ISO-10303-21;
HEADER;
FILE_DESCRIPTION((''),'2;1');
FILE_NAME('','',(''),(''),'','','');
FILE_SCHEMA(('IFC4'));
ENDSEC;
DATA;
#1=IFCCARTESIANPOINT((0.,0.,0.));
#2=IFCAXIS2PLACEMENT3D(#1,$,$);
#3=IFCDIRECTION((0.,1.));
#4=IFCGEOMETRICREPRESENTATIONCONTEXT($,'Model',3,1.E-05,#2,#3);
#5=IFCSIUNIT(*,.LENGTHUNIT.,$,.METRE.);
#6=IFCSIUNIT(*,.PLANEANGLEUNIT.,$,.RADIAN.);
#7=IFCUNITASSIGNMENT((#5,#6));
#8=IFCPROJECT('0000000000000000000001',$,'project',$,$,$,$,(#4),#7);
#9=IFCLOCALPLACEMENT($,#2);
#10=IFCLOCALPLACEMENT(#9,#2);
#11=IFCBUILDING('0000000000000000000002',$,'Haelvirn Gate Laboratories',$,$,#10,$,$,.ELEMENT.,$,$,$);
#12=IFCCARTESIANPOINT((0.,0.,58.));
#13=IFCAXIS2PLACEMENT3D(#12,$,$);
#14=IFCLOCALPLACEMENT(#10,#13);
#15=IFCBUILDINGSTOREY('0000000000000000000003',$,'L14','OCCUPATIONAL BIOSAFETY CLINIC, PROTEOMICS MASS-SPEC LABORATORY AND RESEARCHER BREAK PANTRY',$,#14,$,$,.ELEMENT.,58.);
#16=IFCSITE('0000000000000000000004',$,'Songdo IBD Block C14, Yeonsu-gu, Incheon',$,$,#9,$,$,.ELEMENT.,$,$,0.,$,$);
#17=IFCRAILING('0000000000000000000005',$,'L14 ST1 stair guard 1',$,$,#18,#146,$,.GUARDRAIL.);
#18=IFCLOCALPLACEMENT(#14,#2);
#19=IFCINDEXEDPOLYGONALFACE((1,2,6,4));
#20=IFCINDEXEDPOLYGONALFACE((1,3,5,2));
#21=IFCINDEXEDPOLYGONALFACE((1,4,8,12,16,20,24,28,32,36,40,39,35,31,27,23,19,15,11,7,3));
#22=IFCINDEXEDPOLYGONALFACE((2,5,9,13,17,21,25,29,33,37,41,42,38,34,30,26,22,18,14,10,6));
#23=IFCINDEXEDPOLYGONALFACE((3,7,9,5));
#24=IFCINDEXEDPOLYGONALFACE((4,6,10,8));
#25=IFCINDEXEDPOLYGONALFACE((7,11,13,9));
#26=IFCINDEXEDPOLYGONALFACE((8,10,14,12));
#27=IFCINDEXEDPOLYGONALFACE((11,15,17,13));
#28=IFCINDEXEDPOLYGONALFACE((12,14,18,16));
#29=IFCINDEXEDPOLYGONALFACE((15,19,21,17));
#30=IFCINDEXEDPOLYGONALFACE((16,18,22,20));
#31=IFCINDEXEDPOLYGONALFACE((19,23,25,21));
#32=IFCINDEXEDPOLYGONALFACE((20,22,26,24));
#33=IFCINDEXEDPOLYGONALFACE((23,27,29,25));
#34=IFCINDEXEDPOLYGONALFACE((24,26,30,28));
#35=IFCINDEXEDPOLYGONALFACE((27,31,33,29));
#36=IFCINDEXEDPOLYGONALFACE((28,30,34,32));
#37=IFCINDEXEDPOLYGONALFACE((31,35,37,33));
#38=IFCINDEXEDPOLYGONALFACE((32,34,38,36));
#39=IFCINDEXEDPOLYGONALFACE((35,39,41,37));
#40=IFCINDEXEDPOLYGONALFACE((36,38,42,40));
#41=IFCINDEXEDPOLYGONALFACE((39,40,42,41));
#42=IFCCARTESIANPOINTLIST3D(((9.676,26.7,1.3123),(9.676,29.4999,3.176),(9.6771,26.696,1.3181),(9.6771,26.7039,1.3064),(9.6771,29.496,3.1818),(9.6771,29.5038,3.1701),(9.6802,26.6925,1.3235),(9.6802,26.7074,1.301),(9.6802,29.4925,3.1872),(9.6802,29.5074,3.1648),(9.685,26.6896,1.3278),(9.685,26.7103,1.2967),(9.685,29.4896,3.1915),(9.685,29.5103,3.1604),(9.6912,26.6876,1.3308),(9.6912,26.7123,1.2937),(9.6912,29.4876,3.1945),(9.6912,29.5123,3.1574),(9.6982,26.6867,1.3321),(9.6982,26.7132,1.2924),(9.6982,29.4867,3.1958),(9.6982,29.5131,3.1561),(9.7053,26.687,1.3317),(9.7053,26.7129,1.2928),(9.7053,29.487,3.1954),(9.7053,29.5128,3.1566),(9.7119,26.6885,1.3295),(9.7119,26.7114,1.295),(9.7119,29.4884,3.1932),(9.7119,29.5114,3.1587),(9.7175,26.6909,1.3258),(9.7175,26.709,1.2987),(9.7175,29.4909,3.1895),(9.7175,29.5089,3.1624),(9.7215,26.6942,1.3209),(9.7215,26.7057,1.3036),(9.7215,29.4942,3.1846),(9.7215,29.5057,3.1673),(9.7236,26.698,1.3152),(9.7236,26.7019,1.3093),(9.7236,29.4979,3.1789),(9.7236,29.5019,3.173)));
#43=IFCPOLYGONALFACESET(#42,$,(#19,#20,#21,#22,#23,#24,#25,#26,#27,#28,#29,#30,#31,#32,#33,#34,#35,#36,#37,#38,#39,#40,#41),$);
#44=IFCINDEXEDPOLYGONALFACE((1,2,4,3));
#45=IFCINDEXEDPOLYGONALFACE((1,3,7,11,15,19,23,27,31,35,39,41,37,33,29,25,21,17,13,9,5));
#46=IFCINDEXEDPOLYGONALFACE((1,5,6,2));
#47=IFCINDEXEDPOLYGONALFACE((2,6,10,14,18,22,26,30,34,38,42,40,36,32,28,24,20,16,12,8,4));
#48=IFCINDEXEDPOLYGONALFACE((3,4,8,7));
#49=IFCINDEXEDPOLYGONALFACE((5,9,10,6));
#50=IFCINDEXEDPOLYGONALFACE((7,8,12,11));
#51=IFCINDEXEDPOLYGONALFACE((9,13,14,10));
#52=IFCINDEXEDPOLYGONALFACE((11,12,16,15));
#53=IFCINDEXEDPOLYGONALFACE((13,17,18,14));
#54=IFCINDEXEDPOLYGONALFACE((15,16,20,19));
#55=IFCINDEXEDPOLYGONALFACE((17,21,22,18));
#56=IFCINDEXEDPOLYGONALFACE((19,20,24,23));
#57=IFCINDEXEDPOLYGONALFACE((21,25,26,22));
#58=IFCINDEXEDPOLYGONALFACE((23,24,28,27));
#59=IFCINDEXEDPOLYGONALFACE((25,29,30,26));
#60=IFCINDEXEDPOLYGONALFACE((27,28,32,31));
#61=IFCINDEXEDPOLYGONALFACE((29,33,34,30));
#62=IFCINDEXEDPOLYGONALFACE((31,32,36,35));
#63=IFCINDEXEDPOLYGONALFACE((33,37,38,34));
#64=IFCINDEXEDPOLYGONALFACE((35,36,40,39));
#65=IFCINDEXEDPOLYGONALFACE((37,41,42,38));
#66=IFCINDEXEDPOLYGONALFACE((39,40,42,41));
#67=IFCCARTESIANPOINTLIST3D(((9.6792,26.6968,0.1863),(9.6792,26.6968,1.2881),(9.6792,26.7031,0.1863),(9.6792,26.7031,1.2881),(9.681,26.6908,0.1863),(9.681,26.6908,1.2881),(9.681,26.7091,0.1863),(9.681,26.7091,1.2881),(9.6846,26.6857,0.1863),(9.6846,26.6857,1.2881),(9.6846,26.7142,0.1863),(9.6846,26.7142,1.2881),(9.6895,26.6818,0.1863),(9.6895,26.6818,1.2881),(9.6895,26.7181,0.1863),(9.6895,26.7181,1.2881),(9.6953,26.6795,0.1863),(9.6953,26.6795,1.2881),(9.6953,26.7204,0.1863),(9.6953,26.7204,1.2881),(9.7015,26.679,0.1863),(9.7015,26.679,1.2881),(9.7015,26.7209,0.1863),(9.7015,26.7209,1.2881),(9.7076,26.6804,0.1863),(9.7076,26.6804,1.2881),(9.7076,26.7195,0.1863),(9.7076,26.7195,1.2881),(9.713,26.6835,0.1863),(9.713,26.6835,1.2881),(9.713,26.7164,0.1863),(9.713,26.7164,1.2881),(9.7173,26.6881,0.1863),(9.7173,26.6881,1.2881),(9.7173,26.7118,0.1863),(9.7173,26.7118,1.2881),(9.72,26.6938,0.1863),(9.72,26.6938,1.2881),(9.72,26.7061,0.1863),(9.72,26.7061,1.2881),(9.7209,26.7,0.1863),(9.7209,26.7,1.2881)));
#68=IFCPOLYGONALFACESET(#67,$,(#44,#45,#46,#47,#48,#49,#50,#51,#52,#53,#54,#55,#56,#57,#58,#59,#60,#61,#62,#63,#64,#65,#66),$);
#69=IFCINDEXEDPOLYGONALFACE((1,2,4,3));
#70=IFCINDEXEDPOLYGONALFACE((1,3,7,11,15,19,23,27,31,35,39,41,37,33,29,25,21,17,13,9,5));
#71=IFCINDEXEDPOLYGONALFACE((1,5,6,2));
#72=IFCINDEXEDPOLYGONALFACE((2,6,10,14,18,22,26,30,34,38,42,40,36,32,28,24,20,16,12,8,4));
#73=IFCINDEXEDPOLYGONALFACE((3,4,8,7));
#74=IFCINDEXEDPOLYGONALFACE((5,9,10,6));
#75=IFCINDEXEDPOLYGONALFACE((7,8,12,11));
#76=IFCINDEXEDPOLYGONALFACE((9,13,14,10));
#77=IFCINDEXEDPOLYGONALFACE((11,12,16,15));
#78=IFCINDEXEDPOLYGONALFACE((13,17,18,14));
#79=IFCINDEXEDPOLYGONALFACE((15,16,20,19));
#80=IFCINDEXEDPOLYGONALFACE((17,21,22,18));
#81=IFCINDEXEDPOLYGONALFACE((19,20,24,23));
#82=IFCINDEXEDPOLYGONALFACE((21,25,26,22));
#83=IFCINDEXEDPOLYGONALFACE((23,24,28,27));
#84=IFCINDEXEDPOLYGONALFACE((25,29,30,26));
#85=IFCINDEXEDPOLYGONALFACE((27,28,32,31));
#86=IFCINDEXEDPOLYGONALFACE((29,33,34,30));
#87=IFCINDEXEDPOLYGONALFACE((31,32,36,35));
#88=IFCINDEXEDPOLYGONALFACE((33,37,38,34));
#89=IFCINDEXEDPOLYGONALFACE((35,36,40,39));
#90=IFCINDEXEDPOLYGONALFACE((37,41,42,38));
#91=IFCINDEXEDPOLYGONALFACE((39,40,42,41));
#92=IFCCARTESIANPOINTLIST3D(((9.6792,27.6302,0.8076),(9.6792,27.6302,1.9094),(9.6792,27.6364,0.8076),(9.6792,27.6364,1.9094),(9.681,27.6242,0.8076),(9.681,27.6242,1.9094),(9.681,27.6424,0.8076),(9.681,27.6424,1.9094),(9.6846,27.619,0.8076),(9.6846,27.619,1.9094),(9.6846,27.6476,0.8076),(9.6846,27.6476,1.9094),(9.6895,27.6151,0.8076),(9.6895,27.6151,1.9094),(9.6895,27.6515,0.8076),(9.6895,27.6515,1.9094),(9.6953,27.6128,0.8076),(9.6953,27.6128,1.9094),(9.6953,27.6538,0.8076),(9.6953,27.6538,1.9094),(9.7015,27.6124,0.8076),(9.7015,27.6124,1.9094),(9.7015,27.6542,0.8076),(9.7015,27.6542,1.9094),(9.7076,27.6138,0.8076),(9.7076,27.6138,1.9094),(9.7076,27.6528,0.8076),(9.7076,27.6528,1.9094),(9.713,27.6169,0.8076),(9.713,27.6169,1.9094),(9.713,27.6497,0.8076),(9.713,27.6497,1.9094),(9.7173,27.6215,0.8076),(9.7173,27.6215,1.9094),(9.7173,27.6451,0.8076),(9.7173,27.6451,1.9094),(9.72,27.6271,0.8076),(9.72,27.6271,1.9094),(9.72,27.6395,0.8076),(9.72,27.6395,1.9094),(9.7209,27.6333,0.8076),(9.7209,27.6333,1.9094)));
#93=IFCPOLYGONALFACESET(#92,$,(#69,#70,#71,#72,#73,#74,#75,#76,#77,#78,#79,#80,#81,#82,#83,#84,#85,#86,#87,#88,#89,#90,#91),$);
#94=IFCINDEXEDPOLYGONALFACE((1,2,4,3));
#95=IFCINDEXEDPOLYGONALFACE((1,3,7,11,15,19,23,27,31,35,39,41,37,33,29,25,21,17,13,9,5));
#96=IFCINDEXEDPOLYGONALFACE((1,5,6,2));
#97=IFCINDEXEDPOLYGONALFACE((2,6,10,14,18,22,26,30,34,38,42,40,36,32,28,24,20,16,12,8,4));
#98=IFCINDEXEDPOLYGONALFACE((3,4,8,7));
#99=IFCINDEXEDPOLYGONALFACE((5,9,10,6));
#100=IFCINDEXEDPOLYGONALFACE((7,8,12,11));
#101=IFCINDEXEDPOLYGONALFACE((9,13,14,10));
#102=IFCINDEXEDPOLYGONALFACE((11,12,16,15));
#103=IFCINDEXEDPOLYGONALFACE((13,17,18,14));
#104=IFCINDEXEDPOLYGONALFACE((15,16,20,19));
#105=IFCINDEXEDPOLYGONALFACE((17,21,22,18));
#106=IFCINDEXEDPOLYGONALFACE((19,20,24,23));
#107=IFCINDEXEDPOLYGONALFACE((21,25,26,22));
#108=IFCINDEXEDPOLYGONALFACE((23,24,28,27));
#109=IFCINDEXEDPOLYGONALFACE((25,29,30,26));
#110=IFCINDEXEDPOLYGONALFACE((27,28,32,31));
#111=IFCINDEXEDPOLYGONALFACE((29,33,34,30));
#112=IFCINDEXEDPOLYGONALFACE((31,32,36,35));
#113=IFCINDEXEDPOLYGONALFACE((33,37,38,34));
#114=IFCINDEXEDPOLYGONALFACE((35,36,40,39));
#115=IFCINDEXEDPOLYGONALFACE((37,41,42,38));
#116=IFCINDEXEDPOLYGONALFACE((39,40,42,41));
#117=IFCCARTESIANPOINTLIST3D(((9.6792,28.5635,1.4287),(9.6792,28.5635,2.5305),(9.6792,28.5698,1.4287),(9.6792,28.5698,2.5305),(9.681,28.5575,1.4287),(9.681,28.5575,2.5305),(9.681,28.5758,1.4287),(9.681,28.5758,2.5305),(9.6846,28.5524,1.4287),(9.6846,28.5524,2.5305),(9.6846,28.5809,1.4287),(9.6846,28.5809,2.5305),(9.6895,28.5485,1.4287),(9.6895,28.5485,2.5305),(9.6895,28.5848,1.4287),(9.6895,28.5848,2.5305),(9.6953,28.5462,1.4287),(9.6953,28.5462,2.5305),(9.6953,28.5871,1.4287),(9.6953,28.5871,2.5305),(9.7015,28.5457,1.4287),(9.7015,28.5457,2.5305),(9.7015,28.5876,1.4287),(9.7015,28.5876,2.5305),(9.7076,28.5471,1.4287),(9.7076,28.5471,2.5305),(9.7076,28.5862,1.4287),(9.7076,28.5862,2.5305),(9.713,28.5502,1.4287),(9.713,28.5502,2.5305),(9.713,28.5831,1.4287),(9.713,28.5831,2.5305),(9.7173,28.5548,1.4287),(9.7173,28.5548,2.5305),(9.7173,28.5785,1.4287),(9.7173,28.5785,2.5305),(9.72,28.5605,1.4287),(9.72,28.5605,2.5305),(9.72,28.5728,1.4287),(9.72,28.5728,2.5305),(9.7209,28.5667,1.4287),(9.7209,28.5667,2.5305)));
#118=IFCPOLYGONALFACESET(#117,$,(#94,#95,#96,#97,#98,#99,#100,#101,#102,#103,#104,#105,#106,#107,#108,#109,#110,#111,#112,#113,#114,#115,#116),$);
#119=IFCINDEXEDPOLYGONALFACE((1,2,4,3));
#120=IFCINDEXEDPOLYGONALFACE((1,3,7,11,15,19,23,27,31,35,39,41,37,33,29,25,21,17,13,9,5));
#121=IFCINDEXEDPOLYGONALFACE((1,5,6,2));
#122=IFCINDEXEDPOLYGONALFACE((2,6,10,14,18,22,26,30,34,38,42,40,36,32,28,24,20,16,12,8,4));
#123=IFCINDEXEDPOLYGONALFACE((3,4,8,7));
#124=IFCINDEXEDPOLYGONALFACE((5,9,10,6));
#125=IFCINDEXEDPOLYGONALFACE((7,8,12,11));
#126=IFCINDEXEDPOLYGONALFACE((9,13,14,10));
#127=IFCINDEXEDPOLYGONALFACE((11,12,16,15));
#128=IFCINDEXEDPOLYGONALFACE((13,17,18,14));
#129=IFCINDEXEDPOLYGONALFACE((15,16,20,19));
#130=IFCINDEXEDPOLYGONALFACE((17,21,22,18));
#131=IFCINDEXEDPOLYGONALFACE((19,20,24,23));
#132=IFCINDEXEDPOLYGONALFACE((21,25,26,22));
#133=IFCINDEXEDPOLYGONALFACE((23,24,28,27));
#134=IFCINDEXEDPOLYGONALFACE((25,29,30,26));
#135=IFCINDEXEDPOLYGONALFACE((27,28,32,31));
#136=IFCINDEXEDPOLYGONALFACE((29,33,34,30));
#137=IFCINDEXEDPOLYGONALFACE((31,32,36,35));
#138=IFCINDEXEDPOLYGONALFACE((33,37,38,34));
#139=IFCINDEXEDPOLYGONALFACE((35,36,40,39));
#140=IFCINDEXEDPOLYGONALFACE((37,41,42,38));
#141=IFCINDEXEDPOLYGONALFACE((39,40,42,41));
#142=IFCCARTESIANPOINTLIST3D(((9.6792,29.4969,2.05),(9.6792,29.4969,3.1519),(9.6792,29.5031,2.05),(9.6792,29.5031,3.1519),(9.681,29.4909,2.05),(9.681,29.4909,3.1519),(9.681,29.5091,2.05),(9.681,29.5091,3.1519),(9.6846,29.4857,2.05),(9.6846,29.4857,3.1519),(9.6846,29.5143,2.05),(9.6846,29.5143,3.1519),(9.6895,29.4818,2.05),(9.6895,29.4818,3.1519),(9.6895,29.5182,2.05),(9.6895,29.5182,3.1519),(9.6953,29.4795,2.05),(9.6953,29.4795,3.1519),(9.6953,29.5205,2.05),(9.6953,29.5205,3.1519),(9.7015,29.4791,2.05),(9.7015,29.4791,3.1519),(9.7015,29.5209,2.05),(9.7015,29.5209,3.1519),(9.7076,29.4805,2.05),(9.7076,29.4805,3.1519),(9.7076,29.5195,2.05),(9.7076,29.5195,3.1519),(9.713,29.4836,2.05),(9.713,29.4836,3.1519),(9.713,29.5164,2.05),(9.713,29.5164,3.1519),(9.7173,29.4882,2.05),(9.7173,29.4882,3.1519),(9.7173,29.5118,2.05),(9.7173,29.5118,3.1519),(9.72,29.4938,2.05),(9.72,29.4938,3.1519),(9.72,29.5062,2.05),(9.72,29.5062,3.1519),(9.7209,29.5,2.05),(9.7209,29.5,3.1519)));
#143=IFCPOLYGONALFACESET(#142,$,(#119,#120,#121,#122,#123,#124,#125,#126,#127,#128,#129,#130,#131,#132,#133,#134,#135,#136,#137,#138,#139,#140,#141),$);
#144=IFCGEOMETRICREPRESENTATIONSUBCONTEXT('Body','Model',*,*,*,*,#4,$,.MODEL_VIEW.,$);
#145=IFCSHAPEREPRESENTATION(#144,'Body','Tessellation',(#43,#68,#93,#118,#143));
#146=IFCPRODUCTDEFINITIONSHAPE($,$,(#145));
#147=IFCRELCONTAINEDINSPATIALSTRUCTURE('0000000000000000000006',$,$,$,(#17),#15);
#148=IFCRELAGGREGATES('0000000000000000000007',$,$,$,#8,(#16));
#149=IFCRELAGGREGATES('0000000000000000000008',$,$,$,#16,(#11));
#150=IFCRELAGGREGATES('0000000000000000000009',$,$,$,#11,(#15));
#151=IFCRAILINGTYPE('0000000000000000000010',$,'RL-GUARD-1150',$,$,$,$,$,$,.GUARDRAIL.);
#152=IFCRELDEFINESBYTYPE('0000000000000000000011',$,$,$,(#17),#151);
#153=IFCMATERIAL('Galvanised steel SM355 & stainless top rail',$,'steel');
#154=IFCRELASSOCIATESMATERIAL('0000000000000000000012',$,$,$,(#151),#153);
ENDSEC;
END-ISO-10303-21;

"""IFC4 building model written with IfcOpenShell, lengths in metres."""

from ifc_helpers import new_model, si_unit, direction, frame, origin, origin_2d, place, context, subcontext, project, spatial, circle, extrude, source, transform, mapped, material, type_object, element, save


model = new_model("IFC4")

# Units and contexts
model_context = context("Model", 3, precision=1e-05, world=origin(), true_north=direction((0.0, 1.0)))
body_context = subcontext(model_context, "Body", "Model", "MODEL_VIEW")
ifc_project = project(units=[si_unit("LENGTHUNIT", "METRE"), si_unit("PLANEANGLEUNIT", "RADIAN")], contexts=[model_context])

# Site, building, storey
site_placement = place(None, origin())
site = spatial("IfcSite", under=ifc_project, at=site_placement, Name="Songdo IBD Block C14, Yeonsu-gu, Incheon", CompositionType="ELEMENT", RefElevation=0.0)
building_placement = place(site_placement, origin())
building = spatial("IfcBuilding", under=site, at=building_placement, Name="Haelvirn Gate Laboratories", CompositionType="ELEMENT")
storey_placement = place(building_placement, frame((0.0, 0.0, 58.0)))
storey = spatial("IfcBuildingStorey", under=building, at=storey_placement, Name="L14", Description="OCCUPATIONAL BIOSAFETY CLINIC, PROTEOMICS MASS-SPEC LABORATORY AND RESEARCHER BREAK PANTRY", CompositionType="ELEMENT", Elevation=58.0)

# Railing
ifc_material_1 = material(Name="Galvanised steel SM355 & stainless top rail", Category="steel")
railing_type_1 = type_object("IfcRailingType", Name="RL-GUARD-1150", PredefinedType="GUARDRAIL", material=ifc_material_1)
shared_shape_1 = source(origin(), body_context, "Body", "SweptSolid", [
    extrude(circle(Radius=0.0239, at=origin_2d()), frame((0.0, 0.0, 1.126), z_axis=(0.0, 0.832452, 0.554097), x_axis=(-1.0, 0.0, 0.0)), (0.0, 0.0, 1.0), 3.3635),
    extrude(circle(Radius=0.021, at=origin_2d()), origin(), (0.0, 0.0, 1.0), 1.1018),
    extrude(circle(Radius=0.021, at=origin_2d()), frame((0.0, 0.9333, 0.6213)), (0.0, 0.0, 1.0), 1.1018),
    extrude(circle(Radius=0.021, at=origin_2d()), frame((0.0, 1.8667, 1.2424)), (0.0, 0.0, 1.0), 1.1018),
    extrude(circle(Radius=0.021, at=origin_2d()), frame((0.0, 2.8, 1.8638)), (0.0, 0.0, 1.0), 1.1018),
])
railing_1_placement = place(storey_placement, frame((9.7, 26.7, 0.1863)))
element("IfcRailing", 1, at=railing_1_placement, inside=storey, type_object=railing_type_1, Name="L14 ST1 stair guard 1", PredefinedType="GUARDRAIL", context=body_context, shape_type="MappedRepresentation", body=[
    mapped(shared_shape_1, transform((0.0, 0.0, 0.0), scale=1.0)),
])

save(model, "model.ifc")
